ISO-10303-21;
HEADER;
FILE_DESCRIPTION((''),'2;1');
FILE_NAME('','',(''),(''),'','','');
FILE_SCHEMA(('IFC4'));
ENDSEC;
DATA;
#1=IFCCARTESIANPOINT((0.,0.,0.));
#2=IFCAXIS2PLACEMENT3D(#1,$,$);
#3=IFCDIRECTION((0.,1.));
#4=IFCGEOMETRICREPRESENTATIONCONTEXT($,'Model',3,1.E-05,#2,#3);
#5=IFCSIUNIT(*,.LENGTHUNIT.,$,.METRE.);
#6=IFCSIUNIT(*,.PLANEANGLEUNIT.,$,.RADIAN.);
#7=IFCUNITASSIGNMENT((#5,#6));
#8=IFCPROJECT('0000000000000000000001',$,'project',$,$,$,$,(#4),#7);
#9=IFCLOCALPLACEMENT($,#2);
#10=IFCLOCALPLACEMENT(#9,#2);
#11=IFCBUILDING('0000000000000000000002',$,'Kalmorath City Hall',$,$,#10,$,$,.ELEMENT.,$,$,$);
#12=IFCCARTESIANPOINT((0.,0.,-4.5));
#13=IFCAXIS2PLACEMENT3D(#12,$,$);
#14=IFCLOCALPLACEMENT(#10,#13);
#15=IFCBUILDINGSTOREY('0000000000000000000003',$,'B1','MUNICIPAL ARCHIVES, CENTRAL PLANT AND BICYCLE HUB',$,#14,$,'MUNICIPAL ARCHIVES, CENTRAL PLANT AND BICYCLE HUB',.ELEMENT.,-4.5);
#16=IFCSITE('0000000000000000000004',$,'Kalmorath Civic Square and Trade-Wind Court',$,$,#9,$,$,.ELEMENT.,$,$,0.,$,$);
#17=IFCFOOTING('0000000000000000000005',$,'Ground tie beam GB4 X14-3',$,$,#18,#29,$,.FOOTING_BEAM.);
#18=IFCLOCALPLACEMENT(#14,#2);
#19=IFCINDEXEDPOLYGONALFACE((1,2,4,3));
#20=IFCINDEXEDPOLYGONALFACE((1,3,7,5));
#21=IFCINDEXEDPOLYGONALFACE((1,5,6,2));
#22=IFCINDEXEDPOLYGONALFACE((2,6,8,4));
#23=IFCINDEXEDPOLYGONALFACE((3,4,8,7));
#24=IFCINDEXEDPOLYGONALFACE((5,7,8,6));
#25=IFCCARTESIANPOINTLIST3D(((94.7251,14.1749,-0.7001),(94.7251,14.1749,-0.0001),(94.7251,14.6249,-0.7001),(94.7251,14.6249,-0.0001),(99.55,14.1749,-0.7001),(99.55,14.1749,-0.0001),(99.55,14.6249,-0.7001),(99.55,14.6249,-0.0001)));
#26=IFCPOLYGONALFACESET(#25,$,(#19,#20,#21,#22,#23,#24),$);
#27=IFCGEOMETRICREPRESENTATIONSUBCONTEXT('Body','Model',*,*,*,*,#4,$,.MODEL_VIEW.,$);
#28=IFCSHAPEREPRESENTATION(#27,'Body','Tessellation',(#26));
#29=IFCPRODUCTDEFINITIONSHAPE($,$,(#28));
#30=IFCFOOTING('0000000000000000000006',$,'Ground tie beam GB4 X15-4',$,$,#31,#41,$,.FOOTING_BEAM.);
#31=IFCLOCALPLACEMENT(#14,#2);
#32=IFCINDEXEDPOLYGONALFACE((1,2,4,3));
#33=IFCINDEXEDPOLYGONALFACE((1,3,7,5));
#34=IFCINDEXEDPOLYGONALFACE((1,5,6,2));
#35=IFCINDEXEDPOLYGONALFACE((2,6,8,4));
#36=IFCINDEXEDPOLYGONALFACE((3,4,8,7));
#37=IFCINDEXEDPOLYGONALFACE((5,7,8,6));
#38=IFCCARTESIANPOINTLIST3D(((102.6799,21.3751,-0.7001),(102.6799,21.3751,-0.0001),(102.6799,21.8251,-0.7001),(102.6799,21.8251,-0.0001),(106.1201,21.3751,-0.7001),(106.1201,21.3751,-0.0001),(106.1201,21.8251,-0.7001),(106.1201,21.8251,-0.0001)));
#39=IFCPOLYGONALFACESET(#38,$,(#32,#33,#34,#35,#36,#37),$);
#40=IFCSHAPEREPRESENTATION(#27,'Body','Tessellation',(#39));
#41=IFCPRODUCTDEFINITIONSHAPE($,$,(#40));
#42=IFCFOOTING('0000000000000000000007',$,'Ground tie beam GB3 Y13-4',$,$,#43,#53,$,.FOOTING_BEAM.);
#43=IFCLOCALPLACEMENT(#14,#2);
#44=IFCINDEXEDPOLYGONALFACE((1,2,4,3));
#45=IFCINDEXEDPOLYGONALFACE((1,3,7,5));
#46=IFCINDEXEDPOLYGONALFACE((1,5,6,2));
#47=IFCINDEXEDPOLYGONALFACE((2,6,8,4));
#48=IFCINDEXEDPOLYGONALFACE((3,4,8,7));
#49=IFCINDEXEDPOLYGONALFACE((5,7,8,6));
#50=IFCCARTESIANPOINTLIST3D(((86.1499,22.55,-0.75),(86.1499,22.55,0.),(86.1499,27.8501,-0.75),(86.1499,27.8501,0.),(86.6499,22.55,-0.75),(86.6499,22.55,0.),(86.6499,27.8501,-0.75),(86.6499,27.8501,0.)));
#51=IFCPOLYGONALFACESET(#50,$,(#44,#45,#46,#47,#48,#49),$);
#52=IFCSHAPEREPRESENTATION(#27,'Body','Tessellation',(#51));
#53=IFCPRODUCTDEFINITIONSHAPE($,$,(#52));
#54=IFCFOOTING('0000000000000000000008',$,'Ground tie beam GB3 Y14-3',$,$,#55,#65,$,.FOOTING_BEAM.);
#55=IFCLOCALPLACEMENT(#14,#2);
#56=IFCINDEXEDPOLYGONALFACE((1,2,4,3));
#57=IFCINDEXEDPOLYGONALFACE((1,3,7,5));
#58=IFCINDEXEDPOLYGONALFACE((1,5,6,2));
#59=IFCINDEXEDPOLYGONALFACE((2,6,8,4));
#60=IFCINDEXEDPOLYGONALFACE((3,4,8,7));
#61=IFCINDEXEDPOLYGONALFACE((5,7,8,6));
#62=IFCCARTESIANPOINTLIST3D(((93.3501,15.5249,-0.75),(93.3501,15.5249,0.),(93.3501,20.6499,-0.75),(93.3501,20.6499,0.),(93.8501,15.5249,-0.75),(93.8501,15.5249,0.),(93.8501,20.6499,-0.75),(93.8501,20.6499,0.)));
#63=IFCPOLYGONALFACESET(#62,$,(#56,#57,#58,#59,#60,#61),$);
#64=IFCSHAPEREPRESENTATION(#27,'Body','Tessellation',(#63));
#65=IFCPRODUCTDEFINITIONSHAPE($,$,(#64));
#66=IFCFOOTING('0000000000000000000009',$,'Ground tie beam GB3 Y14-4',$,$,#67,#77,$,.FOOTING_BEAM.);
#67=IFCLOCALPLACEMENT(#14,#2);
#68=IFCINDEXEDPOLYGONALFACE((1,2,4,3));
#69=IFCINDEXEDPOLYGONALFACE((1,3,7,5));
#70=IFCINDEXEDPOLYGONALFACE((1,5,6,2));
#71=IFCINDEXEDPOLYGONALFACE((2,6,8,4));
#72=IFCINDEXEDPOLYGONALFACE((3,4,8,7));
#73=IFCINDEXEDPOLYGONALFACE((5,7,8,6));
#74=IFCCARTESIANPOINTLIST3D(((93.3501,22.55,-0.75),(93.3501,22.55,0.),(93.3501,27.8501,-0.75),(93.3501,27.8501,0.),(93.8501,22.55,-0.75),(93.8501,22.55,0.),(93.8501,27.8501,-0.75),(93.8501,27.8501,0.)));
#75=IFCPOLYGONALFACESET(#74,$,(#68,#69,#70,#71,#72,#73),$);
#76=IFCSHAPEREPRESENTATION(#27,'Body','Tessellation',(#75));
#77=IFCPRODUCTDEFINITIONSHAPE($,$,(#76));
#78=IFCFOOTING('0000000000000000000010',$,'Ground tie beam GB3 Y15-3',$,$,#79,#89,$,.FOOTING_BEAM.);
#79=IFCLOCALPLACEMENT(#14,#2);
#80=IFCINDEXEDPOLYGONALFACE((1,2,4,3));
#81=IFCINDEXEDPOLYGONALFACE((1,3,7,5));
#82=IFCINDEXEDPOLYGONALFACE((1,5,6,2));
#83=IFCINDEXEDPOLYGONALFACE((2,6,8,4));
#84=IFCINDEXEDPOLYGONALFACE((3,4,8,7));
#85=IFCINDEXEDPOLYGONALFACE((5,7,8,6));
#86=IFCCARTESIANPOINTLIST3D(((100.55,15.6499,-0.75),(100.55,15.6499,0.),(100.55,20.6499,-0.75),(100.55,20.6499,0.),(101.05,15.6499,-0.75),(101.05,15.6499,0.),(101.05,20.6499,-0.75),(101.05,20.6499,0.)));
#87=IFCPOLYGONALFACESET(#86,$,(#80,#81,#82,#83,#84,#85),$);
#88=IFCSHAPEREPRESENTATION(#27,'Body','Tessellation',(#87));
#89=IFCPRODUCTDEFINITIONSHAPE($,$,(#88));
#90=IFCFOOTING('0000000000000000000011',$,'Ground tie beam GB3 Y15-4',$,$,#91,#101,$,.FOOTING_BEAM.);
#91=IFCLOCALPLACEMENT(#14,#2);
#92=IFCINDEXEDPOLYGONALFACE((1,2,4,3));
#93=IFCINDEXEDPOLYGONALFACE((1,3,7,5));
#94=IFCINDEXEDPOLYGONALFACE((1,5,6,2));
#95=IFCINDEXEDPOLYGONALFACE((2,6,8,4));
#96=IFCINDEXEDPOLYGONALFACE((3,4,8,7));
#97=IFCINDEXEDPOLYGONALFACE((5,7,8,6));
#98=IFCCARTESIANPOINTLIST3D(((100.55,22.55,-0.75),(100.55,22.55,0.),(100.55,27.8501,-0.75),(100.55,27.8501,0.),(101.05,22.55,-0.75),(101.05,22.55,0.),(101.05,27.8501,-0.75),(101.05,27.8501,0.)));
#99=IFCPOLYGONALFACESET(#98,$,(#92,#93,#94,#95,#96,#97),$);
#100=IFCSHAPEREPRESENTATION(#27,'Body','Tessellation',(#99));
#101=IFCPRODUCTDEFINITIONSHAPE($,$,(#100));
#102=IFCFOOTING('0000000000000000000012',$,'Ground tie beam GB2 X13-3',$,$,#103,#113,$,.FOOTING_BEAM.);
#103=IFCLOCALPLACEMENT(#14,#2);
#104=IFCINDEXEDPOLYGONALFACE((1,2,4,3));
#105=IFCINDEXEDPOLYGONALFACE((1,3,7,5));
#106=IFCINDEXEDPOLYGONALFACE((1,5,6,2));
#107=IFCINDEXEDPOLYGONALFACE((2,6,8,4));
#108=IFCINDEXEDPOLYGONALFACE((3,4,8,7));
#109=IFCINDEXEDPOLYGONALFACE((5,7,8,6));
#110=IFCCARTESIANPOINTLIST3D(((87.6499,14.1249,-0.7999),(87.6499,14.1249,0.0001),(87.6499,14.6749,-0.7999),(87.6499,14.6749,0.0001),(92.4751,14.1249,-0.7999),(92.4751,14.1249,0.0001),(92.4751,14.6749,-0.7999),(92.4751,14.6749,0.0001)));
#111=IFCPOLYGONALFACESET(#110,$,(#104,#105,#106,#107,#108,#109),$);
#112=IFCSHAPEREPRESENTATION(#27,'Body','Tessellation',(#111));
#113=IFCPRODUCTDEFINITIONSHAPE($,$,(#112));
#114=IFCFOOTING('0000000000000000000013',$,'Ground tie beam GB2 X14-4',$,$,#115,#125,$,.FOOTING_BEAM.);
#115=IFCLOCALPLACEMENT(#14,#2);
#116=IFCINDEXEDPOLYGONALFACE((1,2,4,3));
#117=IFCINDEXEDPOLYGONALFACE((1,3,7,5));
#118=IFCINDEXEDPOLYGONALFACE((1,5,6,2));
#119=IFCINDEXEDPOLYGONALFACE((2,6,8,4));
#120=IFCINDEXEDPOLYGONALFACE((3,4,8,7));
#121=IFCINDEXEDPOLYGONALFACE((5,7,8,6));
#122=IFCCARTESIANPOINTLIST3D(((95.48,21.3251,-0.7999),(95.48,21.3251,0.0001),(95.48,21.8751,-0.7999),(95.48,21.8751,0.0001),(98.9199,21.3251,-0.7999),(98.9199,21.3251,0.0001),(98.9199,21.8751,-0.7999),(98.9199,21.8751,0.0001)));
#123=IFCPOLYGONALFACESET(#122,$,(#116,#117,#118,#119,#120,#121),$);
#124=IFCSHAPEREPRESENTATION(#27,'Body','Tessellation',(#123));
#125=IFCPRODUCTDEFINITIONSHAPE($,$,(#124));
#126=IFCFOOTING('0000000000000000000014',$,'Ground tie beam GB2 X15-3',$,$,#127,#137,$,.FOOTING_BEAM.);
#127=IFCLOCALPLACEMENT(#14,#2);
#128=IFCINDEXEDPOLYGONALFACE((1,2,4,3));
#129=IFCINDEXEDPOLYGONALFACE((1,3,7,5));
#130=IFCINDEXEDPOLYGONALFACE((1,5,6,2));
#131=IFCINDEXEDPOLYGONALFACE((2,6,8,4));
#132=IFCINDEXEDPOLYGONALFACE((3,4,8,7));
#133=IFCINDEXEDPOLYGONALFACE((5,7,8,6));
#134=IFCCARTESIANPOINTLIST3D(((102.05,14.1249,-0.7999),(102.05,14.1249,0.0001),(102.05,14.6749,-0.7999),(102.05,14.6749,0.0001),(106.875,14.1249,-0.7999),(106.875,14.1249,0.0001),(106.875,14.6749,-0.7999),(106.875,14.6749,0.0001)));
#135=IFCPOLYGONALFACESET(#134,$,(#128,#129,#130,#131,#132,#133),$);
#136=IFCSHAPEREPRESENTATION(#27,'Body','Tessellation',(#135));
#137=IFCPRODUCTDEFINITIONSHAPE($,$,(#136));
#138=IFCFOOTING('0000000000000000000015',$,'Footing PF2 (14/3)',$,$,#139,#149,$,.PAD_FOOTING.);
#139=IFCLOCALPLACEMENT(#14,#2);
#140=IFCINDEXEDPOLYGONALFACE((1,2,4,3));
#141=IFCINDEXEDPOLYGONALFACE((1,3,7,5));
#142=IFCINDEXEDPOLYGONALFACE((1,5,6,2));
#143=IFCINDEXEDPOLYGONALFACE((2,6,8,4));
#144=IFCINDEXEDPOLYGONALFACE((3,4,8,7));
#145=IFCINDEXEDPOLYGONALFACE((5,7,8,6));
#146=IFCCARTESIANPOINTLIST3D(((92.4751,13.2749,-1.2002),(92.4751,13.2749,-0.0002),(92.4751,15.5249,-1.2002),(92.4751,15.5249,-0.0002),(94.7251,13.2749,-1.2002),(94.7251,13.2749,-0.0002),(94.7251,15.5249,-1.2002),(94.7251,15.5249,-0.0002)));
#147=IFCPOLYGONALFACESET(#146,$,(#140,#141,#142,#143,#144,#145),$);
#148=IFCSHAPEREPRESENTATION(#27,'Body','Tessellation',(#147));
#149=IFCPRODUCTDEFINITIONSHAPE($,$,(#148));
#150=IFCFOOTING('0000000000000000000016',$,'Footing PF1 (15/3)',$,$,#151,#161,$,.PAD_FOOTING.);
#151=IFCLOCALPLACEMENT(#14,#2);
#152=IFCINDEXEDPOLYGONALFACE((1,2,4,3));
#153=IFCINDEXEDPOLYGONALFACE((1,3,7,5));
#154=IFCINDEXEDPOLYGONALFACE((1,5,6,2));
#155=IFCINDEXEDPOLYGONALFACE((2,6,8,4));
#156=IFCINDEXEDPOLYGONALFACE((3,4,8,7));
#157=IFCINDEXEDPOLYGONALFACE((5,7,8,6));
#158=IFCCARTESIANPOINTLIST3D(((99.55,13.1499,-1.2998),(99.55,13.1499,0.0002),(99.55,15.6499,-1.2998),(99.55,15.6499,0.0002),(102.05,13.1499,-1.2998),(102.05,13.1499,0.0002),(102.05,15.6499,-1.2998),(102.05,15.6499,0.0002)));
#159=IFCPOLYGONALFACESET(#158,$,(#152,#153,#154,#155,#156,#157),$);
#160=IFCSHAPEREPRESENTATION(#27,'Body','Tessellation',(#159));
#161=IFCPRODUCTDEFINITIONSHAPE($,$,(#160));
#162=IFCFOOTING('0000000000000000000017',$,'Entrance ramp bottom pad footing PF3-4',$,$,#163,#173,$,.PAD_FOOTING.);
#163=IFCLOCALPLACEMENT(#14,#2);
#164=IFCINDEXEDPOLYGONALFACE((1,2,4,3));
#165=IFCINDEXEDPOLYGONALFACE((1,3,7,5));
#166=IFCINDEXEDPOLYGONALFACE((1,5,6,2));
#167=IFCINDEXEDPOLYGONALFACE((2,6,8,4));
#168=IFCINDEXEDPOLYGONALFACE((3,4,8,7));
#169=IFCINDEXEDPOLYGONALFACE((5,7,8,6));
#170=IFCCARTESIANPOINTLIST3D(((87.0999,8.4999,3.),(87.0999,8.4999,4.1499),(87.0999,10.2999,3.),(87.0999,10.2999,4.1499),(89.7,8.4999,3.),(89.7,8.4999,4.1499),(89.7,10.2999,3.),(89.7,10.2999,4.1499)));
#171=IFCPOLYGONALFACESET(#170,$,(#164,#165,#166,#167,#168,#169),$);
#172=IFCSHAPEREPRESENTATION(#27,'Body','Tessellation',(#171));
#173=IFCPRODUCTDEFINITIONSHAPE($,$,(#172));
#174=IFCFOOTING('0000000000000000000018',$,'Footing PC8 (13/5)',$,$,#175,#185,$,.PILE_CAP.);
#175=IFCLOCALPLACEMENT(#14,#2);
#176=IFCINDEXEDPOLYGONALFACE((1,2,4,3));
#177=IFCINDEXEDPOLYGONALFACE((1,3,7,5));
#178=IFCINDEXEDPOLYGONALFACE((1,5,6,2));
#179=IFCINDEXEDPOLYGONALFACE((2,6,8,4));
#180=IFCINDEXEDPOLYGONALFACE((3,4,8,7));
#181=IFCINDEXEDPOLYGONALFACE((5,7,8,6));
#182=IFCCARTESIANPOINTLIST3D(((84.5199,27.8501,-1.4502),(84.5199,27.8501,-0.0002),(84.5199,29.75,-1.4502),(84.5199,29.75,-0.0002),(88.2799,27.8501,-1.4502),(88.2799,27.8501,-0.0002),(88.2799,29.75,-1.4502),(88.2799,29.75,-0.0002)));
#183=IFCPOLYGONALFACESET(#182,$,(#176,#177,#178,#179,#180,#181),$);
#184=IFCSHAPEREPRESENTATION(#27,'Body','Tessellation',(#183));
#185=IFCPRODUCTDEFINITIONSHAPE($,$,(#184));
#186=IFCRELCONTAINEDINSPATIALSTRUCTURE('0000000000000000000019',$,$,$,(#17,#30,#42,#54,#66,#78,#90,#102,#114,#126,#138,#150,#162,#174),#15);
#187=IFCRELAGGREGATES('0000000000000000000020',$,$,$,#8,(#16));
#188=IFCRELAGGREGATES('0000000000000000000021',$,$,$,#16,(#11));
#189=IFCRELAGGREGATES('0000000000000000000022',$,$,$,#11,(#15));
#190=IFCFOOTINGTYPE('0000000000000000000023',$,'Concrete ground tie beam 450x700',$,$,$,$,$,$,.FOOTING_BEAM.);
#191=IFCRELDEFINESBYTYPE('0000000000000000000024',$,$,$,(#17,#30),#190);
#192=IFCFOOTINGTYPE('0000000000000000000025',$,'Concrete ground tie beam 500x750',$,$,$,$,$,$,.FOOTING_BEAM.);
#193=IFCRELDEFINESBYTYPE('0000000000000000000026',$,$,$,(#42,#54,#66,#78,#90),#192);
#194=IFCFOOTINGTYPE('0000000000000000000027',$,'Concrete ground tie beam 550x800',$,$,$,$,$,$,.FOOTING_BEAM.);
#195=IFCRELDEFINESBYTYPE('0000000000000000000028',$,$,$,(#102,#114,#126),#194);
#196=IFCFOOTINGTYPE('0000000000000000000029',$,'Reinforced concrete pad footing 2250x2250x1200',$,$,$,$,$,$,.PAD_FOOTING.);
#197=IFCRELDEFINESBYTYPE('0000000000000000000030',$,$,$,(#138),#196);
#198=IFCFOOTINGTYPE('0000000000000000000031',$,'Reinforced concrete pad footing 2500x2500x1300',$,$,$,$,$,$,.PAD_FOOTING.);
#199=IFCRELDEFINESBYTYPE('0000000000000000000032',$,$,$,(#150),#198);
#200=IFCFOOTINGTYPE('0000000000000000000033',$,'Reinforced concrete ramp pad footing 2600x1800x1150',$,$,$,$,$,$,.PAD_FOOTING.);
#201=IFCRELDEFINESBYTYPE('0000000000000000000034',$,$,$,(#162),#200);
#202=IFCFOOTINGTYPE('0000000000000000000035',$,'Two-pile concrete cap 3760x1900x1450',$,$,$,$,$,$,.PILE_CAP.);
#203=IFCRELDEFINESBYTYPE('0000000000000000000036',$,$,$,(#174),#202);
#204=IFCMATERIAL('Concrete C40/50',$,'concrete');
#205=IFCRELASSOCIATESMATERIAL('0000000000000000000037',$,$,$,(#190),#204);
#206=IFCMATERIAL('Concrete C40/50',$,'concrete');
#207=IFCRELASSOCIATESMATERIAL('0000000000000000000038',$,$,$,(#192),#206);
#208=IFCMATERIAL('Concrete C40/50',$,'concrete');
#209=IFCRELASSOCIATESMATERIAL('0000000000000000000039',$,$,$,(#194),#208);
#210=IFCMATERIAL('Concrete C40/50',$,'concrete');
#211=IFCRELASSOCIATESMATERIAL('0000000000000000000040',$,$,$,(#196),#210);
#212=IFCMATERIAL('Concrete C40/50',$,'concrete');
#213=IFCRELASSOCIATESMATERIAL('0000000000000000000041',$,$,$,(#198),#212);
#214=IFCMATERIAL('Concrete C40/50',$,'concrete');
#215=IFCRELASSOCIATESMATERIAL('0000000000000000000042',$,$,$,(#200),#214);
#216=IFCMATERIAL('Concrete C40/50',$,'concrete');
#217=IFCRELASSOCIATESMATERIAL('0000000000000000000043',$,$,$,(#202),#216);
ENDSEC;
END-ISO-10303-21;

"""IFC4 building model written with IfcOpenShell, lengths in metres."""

from ifc_helpers import new_model, si_unit, direction, frame, origin, origin_2d, place, context, subcontext, project, spatial, rectangle, extrude, material, material_profile, profile_set, type_object, element, save


model = new_model("IFC4")

# Units and contexts
model_context = context("Model", 3, precision=1e-05, world=origin(), true_north=direction((0.0, 1.0)))
body_context = subcontext(model_context, "Body", "Model", "MODEL_VIEW")
ifc_project = project(units=[si_unit("LENGTHUNIT", "METRE"), si_unit("PLANEANGLEUNIT", "RADIAN")], contexts=[model_context])

# Site, building, storey
site_placement = place(None, origin())
site = spatial("IfcSite", under=ifc_project, at=site_placement, Name="Kalmorath Civic Square and Trade-Wind Court", CompositionType="ELEMENT", RefElevation=0.0)
building_placement = place(site_placement, origin())
building = spatial("IfcBuilding", under=site, at=building_placement, Name="Kalmorath City Hall", CompositionType="ELEMENT")
storey_placement = place(building_placement, frame((0.0, 0.0, -4.5)))
storey = spatial("IfcBuildingStorey", under=building, at=storey_placement, Name="B1", Description="MUNICIPAL ARCHIVES, CENTRAL PLANT AND BICYCLE HUB", LongName="MUNICIPAL ARCHIVES, CENTRAL PLANT AND BICYCLE HUB", CompositionType="ELEMENT", Elevation=-4.5)

# Footings
ifc_material_1 = material(Name="Concrete C40/50", Category="concrete")
ifc_material_profile_1 = material_profile(ifc_material_1, rectangle(XDim=0.45, YDim=0.7, at=origin_2d()), Name="RC-BM-450X700")
ifc_profile_set_1 = profile_set([ifc_material_profile_1], Name="Concrete C40/50")
footing_type_1 = type_object("IfcFootingType", Name="Concrete ground tie beam 450x700", PredefinedType="FOOTING_BEAM", material=ifc_profile_set_1)
footing_1_placement = place(storey_placement, frame((94.7251, 14.3999, -0.3501), z_axis=(1.0, 0.0, 0.0), x_axis=(0.0, 1.0, 0.0)))
element("IfcFooting", 1, at=footing_1_placement, inside=storey, type_object=footing_type_1, Name="Ground tie beam GB4 X14-3", PredefinedType="FOOTING_BEAM", context=body_context, shape_type="SweptSolid", body=[
    extrude(rectangle(XDim=0.45, YDim=0.7, at=origin_2d()), origin(), (0.0, 0.0, 1.0), 4.825),
])
footing_2_placement = place(storey_placement, frame((102.6799, 21.6001, -0.3501), z_axis=(1.0, 0.0, 0.0), x_axis=(0.0, 1.0, 0.0)))
element("IfcFooting", 2, at=footing_2_placement, inside=storey, type_object=footing_type_1, Name="Ground tie beam GB4 X15-4", PredefinedType="FOOTING_BEAM", context=body_context, shape_type="SweptSolid", body=[
    extrude(rectangle(XDim=0.45, YDim=0.7, at=origin_2d()), origin(), (0.0, 0.0, 1.0), 3.4402),
])
ifc_material_2 = material(Name="Concrete C40/50", Category="concrete")
ifc_material_profile_2 = material_profile(ifc_material_2, rectangle(XDim=0.5, YDim=0.75, at=origin_2d()), Name="RC-BM-500X750")
ifc_profile_set_2 = profile_set([ifc_material_profile_2], Name="Concrete C40/50")
footing_type_2 = type_object("IfcFootingType", Name="Concrete ground tie beam 500x750", PredefinedType="FOOTING_BEAM", material=ifc_profile_set_2)
footing_3_placement = place(storey_placement, frame((86.3999, 22.55, -0.375), z_axis=(0.0, 1.0, 0.0), x_axis=(-1.0, 0.0, 0.0)))
element("IfcFooting", 3, at=footing_3_placement, inside=storey, type_object=footing_type_2, Name="Ground tie beam GB3 Y13-4", PredefinedType="FOOTING_BEAM", context=body_context, shape_type="SweptSolid", body=[
    extrude(rectangle(XDim=0.5, YDim=0.75, at=origin_2d()), origin(), (0.0, 0.0, 1.0), 5.3),
])
footing_4_placement = place(storey_placement, frame((93.6001, 15.5249, -0.375), z_axis=(0.0, 1.0, 0.0), x_axis=(-1.0, 0.0, 0.0)))
element("IfcFooting", 4, at=footing_4_placement, inside=storey, type_object=footing_type_2, Name="Ground tie beam GB3 Y14-3", PredefinedType="FOOTING_BEAM", context=body_context, shape_type="SweptSolid", body=[
    extrude(rectangle(XDim=0.5, YDim=0.75, at=origin_2d()), origin(), (0.0, 0.0, 1.0), 5.125),
])
footing_5_placement = place(storey_placement, frame((93.6001, 22.55, -0.375), z_axis=(0.0, 1.0, 0.0), x_axis=(-1.0, 0.0, 0.0)))
element("IfcFooting", 5, at=footing_5_placement, inside=storey, type_object=footing_type_2, Name="Ground tie beam GB3 Y14-4", PredefinedType="FOOTING_BEAM", context=body_context, shape_type="SweptSolid", body=[
    extrude(rectangle(XDim=0.5, YDim=0.75, at=origin_2d()), origin(), (0.0, 0.0, 1.0), 5.3),
])
footing_6_placement = place(storey_placement, frame((100.8, 15.6499, -0.375), z_axis=(0.0, 1.0, 0.0), x_axis=(-1.0, 0.0, 0.0)))
element("IfcFooting", 6, at=footing_6_placement, inside=storey, type_object=footing_type_2, Name="Ground tie beam GB3 Y15-3", PredefinedType="FOOTING_BEAM", context=body_context, shape_type="SweptSolid", body=[
    extrude(rectangle(XDim=0.5, YDim=0.75, at=origin_2d()), origin(), (0.0, 0.0, 1.0), 5.0),
])
footing_7_placement = place(storey_placement, frame((100.8, 22.55, -0.375), z_axis=(0.0, 1.0, 0.0), x_axis=(-1.0, 0.0, 0.0)))
element("IfcFooting", 7, at=footing_7_placement, inside=storey, type_object=footing_type_2, Name="Ground tie beam GB3 Y15-4", PredefinedType="FOOTING_BEAM", context=body_context, shape_type="SweptSolid", body=[
    extrude(rectangle(XDim=0.5, YDim=0.75, at=origin_2d()), origin(), (0.0, 0.0, 1.0), 5.3),
])
ifc_material_3 = material(Name="Concrete C40/50", Category="concrete")
ifc_material_profile_3 = material_profile(ifc_material_3, rectangle(XDim=0.55, YDim=0.8, at=origin_2d()), Name="RC-BM-550X800")
ifc_profile_set_3 = profile_set([ifc_material_profile_3], Name="Concrete C40/50")
footing_type_3 = type_object("IfcFootingType", Name="Concrete ground tie beam 550x800", PredefinedType="FOOTING_BEAM", material=ifc_profile_set_3)
footing_8_placement = place(storey_placement, frame((87.6499, 14.3999, -0.3999), z_axis=(1.0, 0.0, 0.0), x_axis=(0.0, 1.0, 0.0)))
element("IfcFooting", 8, at=footing_8_placement, inside=storey, type_object=footing_type_3, Name="Ground tie beam GB2 X13-3", PredefinedType="FOOTING_BEAM", context=body_context, shape_type="SweptSolid", body=[
    extrude(rectangle(XDim=0.55, YDim=0.8, at=origin_2d()), origin(), (0.0, 0.0, 1.0), 4.8252),
])
footing_9_placement = place(storey_placement, frame((95.48, 21.6001, -0.3999), z_axis=(1.0, 0.0, 0.0), x_axis=(0.0, 1.0, 0.0)))
element("IfcFooting", 9, at=footing_9_placement, inside=storey, type_object=footing_type_3, Name="Ground tie beam GB2 X14-4", PredefinedType="FOOTING_BEAM", context=body_context, shape_type="SweptSolid", body=[
    extrude(rectangle(XDim=0.55, YDim=0.8, at=origin_2d()), origin(), (0.0, 0.0, 1.0), 3.4399),
])
footing_10_placement = place(storey_placement, frame((102.05, 14.3999, -0.3999), z_axis=(1.0, 0.0, 0.0), x_axis=(0.0, 1.0, 0.0)))
element("IfcFooting", 10, at=footing_10_placement, inside=storey, type_object=footing_type_3, Name="Ground tie beam GB2 X15-3", PredefinedType="FOOTING_BEAM", context=body_context, shape_type="SweptSolid", body=[
    extrude(rectangle(XDim=0.55, YDim=0.8, at=origin_2d()), origin(), (0.0, 0.0, 1.0), 4.825),
])
ifc_material_4 = material(Name="Concrete C40/50", Category="concrete")
footing_type_4 = type_object("IfcFootingType", Name="Reinforced concrete pad footing 2250x2250x1200", PredefinedType="PAD_FOOTING", material=ifc_material_4)
footing_11_placement = place(storey_placement, frame((93.6001, 14.3999, -1.2002), z_axis=(0.0, 0.0, 1.0), x_axis=(1.0, 0.0, 0.0)))
element("IfcFooting", 11, at=footing_11_placement, inside=storey, type_object=footing_type_4, Name="Footing PF2 (14/3)", PredefinedType="PAD_FOOTING", context=body_context, shape_type="SweptSolid", body=[
    extrude(rectangle(XDim=2.25, YDim=2.25, at=origin_2d()), origin(), (0.0, 0.0, 1.0), 1.2),
])
ifc_material_5 = material(Name="Concrete C40/50", Category="concrete")
footing_type_5 = type_object("IfcFootingType", Name="Reinforced concrete pad footing 2500x2500x1300", PredefinedType="PAD_FOOTING", material=ifc_material_5)
footing_12_placement = place(storey_placement, frame((100.8, 14.3999, -1.2998), z_axis=(0.0, 0.0, 1.0), x_axis=(1.0, 0.0, 0.0)))
element("IfcFooting", 12, at=footing_12_placement, inside=storey, type_object=footing_type_5, Name="Footing PF1 (15/3)", PredefinedType="PAD_FOOTING", context=body_context, shape_type="SweptSolid", body=[
    extrude(rectangle(XDim=2.5, YDim=2.5, at=origin_2d()), origin(), (0.0, 0.0, 1.0), 1.3),
])
ifc_material_6 = material(Name="Concrete C40/50", Category="concrete")
footing_type_6 = type_object("IfcFootingType", Name="Reinforced concrete ramp pad footing 2600x1800x1150", PredefinedType="PAD_FOOTING", material=ifc_material_6)
footing_13_placement = place(storey_placement, frame((88.3999, 9.3999, 3.0), z_axis=(0.0, 0.0, 1.0), x_axis=(1.0, 0.0, 0.0)))
element("IfcFooting", 13, at=footing_13_placement, inside=storey, type_object=footing_type_6, Name="Entrance ramp bottom pad footing PF3-4", PredefinedType="PAD_FOOTING", context=body_context, shape_type="SweptSolid", body=[
    extrude(rectangle(XDim=2.6001, YDim=1.8, at=origin_2d()), origin(), (0.0, 0.0, 1.0), 1.1499),
])
ifc_material_7 = material(Name="Concrete C40/50", Category="concrete")
footing_type_7 = type_object("IfcFootingType", Name="Two-pile concrete cap 3760x1900x1450", PredefinedType="PILE_CAP", material=ifc_material_7)
for number, where, z_axis, x_axis, name in (
    (14, (86.3999, 28.8, -1.4502), (0.0, 0.0, 1.0), (1.0, 0.0, 0.0), "Footing PC8 (13/5)"),
):
    element("IfcFooting", number, at=place(storey_placement, frame(where, z_axis=z_axis, x_axis=x_axis)), inside=storey, type_object=footing_type_7, Name=name, PredefinedType="PILE_CAP", context=body_context, shape_type="SweptSolid", body=[
        extrude(rectangle(XDim=3.76, YDim=1.8999, at=origin_2d()), origin(), (0.0, 0.0, 1.0), 1.45),
    ])

save(model, "model.ifc")
